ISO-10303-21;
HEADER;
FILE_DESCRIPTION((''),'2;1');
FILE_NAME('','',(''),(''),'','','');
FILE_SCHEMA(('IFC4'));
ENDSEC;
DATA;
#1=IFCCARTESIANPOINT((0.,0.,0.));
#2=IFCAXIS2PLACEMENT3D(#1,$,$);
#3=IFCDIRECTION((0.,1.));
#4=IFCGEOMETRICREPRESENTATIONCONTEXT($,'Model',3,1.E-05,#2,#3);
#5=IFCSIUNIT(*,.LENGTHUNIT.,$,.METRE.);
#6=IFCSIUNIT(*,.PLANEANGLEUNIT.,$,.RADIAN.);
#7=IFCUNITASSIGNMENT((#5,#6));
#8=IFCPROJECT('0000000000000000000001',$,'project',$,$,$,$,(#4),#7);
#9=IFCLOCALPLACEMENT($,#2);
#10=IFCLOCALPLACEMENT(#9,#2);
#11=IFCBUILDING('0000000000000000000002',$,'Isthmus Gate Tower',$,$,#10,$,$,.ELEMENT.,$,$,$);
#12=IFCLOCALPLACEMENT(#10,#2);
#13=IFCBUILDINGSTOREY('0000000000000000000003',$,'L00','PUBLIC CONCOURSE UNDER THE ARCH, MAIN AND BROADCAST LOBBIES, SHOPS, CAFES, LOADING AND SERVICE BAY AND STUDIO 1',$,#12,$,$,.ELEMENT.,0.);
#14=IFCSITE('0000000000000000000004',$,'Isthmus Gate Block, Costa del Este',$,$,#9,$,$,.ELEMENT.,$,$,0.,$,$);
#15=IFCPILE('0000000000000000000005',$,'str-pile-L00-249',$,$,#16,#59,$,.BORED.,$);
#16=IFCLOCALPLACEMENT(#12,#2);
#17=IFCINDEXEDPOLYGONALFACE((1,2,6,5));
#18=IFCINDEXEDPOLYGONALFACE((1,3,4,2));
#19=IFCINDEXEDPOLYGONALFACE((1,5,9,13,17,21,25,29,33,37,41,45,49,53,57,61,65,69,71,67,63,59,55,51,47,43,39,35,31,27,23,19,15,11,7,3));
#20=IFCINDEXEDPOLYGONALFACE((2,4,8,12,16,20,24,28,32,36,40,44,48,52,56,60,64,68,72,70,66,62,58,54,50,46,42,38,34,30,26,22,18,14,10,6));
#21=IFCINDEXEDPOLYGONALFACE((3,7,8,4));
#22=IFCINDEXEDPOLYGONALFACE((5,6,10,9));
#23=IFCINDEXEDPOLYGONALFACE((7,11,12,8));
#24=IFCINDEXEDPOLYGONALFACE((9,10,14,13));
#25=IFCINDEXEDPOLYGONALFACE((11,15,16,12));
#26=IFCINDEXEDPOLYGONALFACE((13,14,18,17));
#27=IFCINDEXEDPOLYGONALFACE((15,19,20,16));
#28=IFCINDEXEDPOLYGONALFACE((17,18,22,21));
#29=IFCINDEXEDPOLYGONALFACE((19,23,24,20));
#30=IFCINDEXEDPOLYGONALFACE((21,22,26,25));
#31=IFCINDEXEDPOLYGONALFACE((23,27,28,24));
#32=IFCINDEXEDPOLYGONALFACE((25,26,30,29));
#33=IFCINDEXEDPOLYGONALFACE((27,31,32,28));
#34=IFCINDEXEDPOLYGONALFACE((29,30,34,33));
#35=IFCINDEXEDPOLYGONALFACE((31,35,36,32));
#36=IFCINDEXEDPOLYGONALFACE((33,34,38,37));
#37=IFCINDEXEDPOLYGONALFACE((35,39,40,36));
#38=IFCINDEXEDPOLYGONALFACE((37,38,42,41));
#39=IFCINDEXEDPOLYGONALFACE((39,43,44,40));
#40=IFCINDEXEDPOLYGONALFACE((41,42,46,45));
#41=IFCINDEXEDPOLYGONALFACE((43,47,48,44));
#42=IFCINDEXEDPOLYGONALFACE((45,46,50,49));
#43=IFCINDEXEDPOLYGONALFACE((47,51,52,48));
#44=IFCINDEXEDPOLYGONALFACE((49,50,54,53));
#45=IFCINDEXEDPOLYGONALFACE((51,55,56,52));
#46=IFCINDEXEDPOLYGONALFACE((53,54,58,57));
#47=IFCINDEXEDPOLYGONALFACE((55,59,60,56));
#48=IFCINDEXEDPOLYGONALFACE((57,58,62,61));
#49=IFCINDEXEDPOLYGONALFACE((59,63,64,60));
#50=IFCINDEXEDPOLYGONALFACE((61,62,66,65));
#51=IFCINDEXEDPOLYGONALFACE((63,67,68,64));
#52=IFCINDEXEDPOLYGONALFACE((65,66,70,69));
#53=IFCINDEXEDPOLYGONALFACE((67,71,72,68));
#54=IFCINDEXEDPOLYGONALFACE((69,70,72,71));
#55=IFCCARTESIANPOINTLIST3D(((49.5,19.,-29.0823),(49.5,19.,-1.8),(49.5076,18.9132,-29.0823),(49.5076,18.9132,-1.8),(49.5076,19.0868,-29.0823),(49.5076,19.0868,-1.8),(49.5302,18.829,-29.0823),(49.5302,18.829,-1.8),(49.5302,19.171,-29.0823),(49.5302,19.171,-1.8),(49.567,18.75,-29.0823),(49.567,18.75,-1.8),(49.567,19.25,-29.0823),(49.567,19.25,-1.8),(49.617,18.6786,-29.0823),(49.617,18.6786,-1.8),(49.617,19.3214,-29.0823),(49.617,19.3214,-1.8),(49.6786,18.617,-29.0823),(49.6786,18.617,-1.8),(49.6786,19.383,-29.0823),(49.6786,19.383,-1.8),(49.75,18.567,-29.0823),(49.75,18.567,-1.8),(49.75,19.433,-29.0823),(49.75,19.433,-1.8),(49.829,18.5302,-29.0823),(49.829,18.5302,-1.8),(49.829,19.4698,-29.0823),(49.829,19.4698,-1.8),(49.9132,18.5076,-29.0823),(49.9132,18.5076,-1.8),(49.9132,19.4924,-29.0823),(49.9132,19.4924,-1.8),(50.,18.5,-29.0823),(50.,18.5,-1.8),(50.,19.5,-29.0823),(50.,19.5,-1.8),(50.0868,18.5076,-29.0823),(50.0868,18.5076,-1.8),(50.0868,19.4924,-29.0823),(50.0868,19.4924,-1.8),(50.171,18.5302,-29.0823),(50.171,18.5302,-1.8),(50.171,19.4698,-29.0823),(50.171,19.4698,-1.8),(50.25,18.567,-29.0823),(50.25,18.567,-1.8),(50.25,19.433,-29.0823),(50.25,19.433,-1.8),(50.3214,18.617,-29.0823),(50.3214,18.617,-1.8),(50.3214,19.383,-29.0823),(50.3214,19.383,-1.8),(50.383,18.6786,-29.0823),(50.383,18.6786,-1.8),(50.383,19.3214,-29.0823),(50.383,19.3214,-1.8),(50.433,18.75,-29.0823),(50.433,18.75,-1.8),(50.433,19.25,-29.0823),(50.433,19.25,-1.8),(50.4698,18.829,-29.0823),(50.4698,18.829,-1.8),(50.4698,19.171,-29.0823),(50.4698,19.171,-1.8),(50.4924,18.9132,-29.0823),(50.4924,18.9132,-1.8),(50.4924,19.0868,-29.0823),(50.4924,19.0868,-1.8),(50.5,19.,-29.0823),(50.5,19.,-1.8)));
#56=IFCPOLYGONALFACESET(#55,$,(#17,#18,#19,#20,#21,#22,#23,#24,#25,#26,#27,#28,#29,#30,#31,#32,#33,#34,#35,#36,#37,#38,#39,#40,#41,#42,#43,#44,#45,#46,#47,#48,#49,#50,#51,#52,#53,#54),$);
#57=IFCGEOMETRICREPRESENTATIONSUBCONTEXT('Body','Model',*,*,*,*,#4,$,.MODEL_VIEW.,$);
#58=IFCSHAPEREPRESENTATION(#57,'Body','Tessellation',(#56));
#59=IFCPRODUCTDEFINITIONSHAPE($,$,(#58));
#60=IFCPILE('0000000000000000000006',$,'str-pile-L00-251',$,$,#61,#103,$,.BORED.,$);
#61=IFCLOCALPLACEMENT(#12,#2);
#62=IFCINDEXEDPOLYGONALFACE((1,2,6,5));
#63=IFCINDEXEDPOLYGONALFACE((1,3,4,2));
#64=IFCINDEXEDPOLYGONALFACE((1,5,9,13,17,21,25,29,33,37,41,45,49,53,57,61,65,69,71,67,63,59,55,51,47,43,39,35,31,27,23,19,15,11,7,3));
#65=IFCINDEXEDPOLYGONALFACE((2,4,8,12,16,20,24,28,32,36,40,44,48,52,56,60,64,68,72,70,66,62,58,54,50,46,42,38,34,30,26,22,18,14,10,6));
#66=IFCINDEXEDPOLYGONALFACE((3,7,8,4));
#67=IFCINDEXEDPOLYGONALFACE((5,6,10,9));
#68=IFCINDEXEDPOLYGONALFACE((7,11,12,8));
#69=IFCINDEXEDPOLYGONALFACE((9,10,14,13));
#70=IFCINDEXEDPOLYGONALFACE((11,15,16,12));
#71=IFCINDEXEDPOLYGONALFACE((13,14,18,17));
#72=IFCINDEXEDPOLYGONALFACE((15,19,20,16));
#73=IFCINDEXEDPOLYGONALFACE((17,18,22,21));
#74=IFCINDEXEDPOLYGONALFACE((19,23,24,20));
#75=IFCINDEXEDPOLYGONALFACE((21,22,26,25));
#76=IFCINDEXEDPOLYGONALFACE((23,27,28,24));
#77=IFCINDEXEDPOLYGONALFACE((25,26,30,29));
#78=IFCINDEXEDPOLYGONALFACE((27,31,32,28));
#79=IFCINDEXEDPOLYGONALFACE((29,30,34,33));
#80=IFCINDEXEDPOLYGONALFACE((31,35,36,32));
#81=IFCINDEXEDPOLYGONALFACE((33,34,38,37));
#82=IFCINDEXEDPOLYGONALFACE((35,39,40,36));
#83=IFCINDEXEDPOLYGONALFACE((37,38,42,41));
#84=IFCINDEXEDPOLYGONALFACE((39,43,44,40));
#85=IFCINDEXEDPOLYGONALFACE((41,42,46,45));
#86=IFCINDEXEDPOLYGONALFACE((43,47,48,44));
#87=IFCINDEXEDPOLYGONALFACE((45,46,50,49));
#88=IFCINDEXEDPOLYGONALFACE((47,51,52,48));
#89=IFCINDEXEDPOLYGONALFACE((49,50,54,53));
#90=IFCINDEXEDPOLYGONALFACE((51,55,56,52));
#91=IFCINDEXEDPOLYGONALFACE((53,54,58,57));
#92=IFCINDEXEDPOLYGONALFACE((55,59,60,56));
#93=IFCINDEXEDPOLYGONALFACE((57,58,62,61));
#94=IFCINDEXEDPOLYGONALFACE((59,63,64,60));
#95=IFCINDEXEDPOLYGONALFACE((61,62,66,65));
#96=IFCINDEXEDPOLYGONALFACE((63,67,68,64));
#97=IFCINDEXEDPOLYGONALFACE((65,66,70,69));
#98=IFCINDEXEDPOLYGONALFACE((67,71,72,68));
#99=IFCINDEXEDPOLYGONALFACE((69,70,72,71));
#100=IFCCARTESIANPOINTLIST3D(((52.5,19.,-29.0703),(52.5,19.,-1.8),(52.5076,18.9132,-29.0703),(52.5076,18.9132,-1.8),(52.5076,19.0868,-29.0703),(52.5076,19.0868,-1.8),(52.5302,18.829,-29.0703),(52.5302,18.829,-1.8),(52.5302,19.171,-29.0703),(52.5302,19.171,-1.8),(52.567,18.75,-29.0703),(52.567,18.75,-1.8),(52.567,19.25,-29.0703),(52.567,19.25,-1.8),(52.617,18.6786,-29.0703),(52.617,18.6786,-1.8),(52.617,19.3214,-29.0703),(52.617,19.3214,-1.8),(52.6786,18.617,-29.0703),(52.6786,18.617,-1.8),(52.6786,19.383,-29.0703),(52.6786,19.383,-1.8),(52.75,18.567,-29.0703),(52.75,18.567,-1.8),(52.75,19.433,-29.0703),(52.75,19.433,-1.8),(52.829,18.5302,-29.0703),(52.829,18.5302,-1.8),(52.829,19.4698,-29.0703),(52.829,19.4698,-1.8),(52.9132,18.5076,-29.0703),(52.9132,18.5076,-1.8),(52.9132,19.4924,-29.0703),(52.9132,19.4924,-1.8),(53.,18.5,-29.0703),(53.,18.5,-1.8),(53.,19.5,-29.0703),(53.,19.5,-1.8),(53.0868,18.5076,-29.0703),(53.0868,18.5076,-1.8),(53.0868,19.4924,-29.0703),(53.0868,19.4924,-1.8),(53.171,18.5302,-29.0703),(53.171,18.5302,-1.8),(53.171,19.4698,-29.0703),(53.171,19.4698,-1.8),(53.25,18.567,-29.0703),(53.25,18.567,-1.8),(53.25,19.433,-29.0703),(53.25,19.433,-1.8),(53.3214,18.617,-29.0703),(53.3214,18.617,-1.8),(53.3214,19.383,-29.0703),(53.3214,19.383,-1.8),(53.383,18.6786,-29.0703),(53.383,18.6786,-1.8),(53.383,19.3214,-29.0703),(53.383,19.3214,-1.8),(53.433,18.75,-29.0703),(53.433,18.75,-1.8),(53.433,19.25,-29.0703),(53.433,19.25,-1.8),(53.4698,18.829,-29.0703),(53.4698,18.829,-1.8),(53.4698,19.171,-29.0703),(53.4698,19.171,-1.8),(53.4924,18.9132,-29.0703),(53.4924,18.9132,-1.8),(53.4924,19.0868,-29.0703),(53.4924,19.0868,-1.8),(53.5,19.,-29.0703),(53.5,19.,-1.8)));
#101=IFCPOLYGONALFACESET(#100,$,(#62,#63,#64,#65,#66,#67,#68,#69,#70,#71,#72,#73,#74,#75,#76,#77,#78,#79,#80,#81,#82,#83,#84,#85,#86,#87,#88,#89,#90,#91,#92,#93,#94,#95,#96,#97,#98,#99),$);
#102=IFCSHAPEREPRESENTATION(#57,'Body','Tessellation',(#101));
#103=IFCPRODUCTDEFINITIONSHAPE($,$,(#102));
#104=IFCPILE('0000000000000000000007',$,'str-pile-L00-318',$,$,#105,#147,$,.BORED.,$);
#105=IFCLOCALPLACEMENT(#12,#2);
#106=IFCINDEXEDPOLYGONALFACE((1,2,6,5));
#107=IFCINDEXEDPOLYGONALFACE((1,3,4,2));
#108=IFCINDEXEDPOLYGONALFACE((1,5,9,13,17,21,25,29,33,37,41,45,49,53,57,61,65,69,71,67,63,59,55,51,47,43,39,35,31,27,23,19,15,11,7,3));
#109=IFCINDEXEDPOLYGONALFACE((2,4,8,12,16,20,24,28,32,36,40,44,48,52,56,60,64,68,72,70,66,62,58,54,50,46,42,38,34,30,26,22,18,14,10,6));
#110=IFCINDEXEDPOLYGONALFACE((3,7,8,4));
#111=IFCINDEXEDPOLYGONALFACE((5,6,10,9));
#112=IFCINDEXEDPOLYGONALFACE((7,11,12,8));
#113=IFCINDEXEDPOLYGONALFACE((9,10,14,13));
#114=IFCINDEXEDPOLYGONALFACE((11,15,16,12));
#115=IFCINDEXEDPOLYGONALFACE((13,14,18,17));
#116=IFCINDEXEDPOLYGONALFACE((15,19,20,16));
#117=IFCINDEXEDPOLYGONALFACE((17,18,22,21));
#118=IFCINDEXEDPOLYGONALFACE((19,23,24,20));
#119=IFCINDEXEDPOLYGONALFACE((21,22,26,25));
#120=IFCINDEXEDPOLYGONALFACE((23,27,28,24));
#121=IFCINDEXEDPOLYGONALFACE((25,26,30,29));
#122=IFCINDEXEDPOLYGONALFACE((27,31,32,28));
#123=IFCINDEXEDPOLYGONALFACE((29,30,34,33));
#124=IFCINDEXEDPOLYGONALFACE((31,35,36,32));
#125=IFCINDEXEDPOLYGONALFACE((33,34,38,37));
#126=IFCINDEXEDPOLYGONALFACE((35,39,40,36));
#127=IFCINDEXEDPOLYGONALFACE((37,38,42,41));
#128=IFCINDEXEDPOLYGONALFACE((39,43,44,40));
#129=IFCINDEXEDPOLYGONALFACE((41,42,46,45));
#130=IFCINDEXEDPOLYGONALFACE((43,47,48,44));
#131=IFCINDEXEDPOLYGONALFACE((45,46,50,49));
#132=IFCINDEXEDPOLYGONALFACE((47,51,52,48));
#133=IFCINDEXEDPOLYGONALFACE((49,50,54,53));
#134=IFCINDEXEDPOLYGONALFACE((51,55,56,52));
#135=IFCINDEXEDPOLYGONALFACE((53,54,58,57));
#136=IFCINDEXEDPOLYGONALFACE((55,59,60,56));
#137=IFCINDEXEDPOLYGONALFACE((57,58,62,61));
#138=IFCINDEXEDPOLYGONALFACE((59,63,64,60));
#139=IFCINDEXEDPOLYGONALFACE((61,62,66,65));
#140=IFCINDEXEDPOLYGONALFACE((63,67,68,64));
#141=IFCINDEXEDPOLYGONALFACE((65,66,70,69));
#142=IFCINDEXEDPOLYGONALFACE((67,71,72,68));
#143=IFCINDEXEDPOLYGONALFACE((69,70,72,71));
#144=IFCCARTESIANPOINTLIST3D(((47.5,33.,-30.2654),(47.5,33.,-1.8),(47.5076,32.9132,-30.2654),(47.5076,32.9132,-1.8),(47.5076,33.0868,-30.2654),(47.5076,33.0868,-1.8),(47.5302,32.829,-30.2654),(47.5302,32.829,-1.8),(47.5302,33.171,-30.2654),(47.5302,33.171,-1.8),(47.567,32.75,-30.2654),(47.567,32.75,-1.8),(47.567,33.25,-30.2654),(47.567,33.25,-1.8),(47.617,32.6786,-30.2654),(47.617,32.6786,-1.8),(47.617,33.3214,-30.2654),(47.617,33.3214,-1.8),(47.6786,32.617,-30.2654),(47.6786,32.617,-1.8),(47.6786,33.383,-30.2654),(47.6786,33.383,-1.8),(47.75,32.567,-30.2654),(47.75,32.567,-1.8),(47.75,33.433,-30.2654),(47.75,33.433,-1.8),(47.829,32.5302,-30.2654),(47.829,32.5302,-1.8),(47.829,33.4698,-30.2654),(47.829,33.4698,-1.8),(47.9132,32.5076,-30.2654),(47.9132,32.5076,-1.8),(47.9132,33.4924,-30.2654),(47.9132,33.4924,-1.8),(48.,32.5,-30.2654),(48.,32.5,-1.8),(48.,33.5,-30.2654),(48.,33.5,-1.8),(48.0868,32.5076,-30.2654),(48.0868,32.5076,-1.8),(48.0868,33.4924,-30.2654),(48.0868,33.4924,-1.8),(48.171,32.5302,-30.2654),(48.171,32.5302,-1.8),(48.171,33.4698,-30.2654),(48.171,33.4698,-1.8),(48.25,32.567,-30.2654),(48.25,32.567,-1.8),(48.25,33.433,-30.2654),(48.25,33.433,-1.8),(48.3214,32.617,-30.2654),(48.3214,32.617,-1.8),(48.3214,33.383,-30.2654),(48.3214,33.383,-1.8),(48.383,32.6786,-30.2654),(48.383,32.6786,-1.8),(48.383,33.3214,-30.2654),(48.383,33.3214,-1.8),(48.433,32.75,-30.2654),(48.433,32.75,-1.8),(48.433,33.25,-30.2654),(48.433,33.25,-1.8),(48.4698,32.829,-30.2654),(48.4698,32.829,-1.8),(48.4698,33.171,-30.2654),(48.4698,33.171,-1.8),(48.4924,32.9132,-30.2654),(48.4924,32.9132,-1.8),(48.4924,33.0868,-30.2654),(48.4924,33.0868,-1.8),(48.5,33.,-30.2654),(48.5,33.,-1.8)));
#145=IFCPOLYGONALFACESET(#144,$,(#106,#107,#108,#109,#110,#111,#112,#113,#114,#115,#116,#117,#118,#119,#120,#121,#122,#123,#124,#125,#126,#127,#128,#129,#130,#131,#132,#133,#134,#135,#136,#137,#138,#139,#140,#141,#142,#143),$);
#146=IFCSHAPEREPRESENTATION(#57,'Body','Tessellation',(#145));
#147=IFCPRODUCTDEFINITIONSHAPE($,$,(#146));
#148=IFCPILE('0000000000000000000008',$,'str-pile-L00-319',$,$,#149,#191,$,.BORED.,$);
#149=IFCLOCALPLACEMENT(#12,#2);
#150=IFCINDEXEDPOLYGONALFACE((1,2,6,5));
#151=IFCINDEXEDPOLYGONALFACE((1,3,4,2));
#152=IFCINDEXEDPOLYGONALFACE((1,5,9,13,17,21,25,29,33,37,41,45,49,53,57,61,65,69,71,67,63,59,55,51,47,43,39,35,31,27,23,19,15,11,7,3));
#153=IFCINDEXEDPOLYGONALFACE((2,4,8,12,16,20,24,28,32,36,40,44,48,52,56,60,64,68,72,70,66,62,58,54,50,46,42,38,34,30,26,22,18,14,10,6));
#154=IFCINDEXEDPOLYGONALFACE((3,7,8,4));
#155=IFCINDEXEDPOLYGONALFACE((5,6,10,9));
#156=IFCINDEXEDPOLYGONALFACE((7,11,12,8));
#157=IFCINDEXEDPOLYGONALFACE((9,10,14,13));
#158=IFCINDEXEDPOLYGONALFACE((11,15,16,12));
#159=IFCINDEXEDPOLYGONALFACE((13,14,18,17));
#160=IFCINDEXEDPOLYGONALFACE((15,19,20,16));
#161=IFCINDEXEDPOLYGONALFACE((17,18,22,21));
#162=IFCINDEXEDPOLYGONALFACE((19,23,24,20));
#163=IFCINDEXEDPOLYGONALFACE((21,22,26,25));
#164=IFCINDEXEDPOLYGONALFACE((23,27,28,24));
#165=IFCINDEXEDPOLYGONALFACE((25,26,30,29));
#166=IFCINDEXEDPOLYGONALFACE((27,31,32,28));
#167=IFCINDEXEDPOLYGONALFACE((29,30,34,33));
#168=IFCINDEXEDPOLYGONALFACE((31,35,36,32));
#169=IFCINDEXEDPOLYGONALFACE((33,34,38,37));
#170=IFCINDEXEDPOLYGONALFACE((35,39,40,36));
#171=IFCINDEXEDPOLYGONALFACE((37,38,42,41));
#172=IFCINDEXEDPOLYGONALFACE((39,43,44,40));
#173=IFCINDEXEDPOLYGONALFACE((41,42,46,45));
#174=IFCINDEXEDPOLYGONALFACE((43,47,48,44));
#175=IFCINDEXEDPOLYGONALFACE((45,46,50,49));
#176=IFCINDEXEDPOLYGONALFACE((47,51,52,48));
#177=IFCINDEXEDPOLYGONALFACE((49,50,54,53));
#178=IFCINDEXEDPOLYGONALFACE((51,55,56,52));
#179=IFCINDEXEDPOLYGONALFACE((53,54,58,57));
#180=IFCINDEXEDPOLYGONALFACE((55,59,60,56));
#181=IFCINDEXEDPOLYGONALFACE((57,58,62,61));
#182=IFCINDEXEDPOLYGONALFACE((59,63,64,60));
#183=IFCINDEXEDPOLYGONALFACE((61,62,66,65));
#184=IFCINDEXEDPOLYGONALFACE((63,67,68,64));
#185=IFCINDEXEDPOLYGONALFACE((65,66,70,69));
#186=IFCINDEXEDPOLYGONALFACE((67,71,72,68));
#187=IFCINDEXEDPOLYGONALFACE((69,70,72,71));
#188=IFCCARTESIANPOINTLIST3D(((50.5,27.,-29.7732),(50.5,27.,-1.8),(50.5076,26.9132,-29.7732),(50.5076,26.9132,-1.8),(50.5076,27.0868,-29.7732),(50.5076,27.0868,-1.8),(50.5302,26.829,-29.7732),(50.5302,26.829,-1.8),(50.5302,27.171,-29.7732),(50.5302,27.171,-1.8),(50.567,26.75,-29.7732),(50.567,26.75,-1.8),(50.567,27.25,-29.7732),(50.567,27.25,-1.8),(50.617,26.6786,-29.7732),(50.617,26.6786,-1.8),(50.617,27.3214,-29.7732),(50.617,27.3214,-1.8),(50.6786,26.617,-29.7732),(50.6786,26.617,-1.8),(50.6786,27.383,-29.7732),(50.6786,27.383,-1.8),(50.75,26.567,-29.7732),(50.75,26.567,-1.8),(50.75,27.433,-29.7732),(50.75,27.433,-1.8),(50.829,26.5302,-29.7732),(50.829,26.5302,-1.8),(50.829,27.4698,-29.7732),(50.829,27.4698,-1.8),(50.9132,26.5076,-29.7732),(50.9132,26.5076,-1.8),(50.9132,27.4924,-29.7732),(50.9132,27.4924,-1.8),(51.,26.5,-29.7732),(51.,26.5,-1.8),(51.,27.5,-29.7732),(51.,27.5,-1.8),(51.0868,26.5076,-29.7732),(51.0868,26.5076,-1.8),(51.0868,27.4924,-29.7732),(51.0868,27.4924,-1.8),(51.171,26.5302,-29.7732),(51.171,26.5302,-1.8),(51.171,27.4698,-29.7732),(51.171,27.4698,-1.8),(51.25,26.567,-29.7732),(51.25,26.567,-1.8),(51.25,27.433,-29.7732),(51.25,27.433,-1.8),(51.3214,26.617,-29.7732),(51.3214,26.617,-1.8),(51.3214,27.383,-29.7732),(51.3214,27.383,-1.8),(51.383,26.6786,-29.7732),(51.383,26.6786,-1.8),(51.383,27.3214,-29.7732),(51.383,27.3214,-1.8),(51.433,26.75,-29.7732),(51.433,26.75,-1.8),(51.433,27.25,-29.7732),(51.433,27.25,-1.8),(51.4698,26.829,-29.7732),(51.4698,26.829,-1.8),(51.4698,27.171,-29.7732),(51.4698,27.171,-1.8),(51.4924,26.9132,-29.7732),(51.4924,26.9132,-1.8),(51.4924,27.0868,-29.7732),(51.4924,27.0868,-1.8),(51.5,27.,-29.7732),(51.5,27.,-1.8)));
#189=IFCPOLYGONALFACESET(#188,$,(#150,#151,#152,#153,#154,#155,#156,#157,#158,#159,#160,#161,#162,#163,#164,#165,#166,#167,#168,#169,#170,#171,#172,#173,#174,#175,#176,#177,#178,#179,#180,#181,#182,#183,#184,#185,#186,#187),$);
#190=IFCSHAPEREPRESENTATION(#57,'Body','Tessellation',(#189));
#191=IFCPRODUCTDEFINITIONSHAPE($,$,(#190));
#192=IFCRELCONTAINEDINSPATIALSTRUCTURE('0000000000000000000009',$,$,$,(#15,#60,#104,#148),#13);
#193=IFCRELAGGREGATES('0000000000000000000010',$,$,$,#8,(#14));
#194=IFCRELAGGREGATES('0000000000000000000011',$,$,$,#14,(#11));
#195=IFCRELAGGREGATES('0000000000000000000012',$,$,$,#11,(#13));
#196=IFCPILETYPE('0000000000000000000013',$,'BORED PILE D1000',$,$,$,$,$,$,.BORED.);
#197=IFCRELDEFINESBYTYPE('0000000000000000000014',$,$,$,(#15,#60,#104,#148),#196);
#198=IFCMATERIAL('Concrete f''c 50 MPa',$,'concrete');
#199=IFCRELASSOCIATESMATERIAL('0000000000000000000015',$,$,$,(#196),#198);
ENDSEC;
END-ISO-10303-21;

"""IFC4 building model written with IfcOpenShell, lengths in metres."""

from ifc_helpers import new_model, si_unit, direction, frame, origin, origin_2d, place, context, subcontext, project, spatial, circle, extrude, material, material_profile, profile_set, type_object, element, save


model = new_model("IFC4")

# Units and contexts
model_context = context("Model", 3, precision=1e-05, world=origin(), true_north=direction((0.0, 1.0)))
body_context = subcontext(model_context, "Body", "Model", "MODEL_VIEW")
ifc_project = project(units=[si_unit("LENGTHUNIT", "METRE"), si_unit("PLANEANGLEUNIT", "RADIAN")], contexts=[model_context])

# Site, building, storey
site_placement = place(None, origin())
site = spatial("IfcSite", under=ifc_project, at=site_placement, Name="Isthmus Gate Block, Costa del Este", CompositionType="ELEMENT", RefElevation=0.0)
building_placement = place(site_placement, origin())
building = spatial("IfcBuilding", under=site, at=building_placement, Name="Isthmus Gate Tower", CompositionType="ELEMENT")
storey_placement = place(building_placement, origin())
storey = spatial("IfcBuildingStorey", under=building, at=storey_placement, Name="L00", Description="PUBLIC CONCOURSE UNDER THE ARCH, MAIN AND BROADCAST LOBBIES, SHOPS, CAFES, LOADING AND SERVICE BAY AND STUDIO 1", CompositionType="ELEMENT", Elevation=0.0)

# Piles
ifc_material_1 = material(Name="Concrete f'c 50 MPa", Category="concrete")
ifc_material_profile_1 = material_profile(ifc_material_1, circle(Radius=0.5, at=origin_2d()), Name="D1000")
ifc_profile_set_1 = profile_set([ifc_material_profile_1], Name="Concrete f'c 50 MPa")
pile_type = type_object("IfcPileType", Name="BORED PILE D1000", PredefinedType="BORED", material=ifc_profile_set_1)
pile_1_placement = place(storey_placement, frame((50.0, 19.0, -1.8), z_axis=(0.0, 0.0, -1.0), x_axis=(1.0, 0.0, 0.0)))
element("IfcPile", 1, at=pile_1_placement, inside=storey, type_object=pile_type, Name="str-pile-L00-249", PredefinedType="BORED", context=body_context, shape_type="SweptSolid", body=[
    extrude(circle(Radius=0.5, at=origin_2d()), origin(), (0.0, 0.0, 1.0), 27.2822),
])
pile_2_placement = place(storey_placement, frame((53.0, 19.0, -1.8), z_axis=(0.0, 0.0, -1.0), x_axis=(1.0, 0.0, 0.0)))
element("IfcPile", 2, at=pile_2_placement, inside=storey, type_object=pile_type, Name="str-pile-L00-251", PredefinedType="BORED", context=body_context, shape_type="SweptSolid", body=[
    extrude(circle(Radius=0.5, at=origin_2d()), origin(), (0.0, 0.0, 1.0), 27.2703),
])
pile_3_placement = place(storey_placement, frame((48.0, 33.0, -1.8), z_axis=(0.0, 0.0, -1.0), x_axis=(1.0, 0.0, 0.0)))
element("IfcPile", 3, at=pile_3_placement, inside=storey, type_object=pile_type, Name="str-pile-L00-318", PredefinedType="BORED", context=body_context, shape_type="SweptSolid", body=[
    extrude(circle(Radius=0.5, at=origin_2d()), origin(), (0.0, 0.0, 1.0), 28.4653),
])
pile_4_placement = place(storey_placement, frame((51.0, 27.0, -1.8), z_axis=(0.0, 0.0, -1.0), x_axis=(1.0, 0.0, 0.0)))
element("IfcPile", 4, at=pile_4_placement, inside=storey, type_object=pile_type, Name="str-pile-L00-319", PredefinedType="BORED", context=body_context, shape_type="SweptSolid", body=[
    extrude(circle(Radius=0.5, at=origin_2d()), origin(), (0.0, 0.0, 1.0), 27.9731),
])

save(model, "model.ifc")
